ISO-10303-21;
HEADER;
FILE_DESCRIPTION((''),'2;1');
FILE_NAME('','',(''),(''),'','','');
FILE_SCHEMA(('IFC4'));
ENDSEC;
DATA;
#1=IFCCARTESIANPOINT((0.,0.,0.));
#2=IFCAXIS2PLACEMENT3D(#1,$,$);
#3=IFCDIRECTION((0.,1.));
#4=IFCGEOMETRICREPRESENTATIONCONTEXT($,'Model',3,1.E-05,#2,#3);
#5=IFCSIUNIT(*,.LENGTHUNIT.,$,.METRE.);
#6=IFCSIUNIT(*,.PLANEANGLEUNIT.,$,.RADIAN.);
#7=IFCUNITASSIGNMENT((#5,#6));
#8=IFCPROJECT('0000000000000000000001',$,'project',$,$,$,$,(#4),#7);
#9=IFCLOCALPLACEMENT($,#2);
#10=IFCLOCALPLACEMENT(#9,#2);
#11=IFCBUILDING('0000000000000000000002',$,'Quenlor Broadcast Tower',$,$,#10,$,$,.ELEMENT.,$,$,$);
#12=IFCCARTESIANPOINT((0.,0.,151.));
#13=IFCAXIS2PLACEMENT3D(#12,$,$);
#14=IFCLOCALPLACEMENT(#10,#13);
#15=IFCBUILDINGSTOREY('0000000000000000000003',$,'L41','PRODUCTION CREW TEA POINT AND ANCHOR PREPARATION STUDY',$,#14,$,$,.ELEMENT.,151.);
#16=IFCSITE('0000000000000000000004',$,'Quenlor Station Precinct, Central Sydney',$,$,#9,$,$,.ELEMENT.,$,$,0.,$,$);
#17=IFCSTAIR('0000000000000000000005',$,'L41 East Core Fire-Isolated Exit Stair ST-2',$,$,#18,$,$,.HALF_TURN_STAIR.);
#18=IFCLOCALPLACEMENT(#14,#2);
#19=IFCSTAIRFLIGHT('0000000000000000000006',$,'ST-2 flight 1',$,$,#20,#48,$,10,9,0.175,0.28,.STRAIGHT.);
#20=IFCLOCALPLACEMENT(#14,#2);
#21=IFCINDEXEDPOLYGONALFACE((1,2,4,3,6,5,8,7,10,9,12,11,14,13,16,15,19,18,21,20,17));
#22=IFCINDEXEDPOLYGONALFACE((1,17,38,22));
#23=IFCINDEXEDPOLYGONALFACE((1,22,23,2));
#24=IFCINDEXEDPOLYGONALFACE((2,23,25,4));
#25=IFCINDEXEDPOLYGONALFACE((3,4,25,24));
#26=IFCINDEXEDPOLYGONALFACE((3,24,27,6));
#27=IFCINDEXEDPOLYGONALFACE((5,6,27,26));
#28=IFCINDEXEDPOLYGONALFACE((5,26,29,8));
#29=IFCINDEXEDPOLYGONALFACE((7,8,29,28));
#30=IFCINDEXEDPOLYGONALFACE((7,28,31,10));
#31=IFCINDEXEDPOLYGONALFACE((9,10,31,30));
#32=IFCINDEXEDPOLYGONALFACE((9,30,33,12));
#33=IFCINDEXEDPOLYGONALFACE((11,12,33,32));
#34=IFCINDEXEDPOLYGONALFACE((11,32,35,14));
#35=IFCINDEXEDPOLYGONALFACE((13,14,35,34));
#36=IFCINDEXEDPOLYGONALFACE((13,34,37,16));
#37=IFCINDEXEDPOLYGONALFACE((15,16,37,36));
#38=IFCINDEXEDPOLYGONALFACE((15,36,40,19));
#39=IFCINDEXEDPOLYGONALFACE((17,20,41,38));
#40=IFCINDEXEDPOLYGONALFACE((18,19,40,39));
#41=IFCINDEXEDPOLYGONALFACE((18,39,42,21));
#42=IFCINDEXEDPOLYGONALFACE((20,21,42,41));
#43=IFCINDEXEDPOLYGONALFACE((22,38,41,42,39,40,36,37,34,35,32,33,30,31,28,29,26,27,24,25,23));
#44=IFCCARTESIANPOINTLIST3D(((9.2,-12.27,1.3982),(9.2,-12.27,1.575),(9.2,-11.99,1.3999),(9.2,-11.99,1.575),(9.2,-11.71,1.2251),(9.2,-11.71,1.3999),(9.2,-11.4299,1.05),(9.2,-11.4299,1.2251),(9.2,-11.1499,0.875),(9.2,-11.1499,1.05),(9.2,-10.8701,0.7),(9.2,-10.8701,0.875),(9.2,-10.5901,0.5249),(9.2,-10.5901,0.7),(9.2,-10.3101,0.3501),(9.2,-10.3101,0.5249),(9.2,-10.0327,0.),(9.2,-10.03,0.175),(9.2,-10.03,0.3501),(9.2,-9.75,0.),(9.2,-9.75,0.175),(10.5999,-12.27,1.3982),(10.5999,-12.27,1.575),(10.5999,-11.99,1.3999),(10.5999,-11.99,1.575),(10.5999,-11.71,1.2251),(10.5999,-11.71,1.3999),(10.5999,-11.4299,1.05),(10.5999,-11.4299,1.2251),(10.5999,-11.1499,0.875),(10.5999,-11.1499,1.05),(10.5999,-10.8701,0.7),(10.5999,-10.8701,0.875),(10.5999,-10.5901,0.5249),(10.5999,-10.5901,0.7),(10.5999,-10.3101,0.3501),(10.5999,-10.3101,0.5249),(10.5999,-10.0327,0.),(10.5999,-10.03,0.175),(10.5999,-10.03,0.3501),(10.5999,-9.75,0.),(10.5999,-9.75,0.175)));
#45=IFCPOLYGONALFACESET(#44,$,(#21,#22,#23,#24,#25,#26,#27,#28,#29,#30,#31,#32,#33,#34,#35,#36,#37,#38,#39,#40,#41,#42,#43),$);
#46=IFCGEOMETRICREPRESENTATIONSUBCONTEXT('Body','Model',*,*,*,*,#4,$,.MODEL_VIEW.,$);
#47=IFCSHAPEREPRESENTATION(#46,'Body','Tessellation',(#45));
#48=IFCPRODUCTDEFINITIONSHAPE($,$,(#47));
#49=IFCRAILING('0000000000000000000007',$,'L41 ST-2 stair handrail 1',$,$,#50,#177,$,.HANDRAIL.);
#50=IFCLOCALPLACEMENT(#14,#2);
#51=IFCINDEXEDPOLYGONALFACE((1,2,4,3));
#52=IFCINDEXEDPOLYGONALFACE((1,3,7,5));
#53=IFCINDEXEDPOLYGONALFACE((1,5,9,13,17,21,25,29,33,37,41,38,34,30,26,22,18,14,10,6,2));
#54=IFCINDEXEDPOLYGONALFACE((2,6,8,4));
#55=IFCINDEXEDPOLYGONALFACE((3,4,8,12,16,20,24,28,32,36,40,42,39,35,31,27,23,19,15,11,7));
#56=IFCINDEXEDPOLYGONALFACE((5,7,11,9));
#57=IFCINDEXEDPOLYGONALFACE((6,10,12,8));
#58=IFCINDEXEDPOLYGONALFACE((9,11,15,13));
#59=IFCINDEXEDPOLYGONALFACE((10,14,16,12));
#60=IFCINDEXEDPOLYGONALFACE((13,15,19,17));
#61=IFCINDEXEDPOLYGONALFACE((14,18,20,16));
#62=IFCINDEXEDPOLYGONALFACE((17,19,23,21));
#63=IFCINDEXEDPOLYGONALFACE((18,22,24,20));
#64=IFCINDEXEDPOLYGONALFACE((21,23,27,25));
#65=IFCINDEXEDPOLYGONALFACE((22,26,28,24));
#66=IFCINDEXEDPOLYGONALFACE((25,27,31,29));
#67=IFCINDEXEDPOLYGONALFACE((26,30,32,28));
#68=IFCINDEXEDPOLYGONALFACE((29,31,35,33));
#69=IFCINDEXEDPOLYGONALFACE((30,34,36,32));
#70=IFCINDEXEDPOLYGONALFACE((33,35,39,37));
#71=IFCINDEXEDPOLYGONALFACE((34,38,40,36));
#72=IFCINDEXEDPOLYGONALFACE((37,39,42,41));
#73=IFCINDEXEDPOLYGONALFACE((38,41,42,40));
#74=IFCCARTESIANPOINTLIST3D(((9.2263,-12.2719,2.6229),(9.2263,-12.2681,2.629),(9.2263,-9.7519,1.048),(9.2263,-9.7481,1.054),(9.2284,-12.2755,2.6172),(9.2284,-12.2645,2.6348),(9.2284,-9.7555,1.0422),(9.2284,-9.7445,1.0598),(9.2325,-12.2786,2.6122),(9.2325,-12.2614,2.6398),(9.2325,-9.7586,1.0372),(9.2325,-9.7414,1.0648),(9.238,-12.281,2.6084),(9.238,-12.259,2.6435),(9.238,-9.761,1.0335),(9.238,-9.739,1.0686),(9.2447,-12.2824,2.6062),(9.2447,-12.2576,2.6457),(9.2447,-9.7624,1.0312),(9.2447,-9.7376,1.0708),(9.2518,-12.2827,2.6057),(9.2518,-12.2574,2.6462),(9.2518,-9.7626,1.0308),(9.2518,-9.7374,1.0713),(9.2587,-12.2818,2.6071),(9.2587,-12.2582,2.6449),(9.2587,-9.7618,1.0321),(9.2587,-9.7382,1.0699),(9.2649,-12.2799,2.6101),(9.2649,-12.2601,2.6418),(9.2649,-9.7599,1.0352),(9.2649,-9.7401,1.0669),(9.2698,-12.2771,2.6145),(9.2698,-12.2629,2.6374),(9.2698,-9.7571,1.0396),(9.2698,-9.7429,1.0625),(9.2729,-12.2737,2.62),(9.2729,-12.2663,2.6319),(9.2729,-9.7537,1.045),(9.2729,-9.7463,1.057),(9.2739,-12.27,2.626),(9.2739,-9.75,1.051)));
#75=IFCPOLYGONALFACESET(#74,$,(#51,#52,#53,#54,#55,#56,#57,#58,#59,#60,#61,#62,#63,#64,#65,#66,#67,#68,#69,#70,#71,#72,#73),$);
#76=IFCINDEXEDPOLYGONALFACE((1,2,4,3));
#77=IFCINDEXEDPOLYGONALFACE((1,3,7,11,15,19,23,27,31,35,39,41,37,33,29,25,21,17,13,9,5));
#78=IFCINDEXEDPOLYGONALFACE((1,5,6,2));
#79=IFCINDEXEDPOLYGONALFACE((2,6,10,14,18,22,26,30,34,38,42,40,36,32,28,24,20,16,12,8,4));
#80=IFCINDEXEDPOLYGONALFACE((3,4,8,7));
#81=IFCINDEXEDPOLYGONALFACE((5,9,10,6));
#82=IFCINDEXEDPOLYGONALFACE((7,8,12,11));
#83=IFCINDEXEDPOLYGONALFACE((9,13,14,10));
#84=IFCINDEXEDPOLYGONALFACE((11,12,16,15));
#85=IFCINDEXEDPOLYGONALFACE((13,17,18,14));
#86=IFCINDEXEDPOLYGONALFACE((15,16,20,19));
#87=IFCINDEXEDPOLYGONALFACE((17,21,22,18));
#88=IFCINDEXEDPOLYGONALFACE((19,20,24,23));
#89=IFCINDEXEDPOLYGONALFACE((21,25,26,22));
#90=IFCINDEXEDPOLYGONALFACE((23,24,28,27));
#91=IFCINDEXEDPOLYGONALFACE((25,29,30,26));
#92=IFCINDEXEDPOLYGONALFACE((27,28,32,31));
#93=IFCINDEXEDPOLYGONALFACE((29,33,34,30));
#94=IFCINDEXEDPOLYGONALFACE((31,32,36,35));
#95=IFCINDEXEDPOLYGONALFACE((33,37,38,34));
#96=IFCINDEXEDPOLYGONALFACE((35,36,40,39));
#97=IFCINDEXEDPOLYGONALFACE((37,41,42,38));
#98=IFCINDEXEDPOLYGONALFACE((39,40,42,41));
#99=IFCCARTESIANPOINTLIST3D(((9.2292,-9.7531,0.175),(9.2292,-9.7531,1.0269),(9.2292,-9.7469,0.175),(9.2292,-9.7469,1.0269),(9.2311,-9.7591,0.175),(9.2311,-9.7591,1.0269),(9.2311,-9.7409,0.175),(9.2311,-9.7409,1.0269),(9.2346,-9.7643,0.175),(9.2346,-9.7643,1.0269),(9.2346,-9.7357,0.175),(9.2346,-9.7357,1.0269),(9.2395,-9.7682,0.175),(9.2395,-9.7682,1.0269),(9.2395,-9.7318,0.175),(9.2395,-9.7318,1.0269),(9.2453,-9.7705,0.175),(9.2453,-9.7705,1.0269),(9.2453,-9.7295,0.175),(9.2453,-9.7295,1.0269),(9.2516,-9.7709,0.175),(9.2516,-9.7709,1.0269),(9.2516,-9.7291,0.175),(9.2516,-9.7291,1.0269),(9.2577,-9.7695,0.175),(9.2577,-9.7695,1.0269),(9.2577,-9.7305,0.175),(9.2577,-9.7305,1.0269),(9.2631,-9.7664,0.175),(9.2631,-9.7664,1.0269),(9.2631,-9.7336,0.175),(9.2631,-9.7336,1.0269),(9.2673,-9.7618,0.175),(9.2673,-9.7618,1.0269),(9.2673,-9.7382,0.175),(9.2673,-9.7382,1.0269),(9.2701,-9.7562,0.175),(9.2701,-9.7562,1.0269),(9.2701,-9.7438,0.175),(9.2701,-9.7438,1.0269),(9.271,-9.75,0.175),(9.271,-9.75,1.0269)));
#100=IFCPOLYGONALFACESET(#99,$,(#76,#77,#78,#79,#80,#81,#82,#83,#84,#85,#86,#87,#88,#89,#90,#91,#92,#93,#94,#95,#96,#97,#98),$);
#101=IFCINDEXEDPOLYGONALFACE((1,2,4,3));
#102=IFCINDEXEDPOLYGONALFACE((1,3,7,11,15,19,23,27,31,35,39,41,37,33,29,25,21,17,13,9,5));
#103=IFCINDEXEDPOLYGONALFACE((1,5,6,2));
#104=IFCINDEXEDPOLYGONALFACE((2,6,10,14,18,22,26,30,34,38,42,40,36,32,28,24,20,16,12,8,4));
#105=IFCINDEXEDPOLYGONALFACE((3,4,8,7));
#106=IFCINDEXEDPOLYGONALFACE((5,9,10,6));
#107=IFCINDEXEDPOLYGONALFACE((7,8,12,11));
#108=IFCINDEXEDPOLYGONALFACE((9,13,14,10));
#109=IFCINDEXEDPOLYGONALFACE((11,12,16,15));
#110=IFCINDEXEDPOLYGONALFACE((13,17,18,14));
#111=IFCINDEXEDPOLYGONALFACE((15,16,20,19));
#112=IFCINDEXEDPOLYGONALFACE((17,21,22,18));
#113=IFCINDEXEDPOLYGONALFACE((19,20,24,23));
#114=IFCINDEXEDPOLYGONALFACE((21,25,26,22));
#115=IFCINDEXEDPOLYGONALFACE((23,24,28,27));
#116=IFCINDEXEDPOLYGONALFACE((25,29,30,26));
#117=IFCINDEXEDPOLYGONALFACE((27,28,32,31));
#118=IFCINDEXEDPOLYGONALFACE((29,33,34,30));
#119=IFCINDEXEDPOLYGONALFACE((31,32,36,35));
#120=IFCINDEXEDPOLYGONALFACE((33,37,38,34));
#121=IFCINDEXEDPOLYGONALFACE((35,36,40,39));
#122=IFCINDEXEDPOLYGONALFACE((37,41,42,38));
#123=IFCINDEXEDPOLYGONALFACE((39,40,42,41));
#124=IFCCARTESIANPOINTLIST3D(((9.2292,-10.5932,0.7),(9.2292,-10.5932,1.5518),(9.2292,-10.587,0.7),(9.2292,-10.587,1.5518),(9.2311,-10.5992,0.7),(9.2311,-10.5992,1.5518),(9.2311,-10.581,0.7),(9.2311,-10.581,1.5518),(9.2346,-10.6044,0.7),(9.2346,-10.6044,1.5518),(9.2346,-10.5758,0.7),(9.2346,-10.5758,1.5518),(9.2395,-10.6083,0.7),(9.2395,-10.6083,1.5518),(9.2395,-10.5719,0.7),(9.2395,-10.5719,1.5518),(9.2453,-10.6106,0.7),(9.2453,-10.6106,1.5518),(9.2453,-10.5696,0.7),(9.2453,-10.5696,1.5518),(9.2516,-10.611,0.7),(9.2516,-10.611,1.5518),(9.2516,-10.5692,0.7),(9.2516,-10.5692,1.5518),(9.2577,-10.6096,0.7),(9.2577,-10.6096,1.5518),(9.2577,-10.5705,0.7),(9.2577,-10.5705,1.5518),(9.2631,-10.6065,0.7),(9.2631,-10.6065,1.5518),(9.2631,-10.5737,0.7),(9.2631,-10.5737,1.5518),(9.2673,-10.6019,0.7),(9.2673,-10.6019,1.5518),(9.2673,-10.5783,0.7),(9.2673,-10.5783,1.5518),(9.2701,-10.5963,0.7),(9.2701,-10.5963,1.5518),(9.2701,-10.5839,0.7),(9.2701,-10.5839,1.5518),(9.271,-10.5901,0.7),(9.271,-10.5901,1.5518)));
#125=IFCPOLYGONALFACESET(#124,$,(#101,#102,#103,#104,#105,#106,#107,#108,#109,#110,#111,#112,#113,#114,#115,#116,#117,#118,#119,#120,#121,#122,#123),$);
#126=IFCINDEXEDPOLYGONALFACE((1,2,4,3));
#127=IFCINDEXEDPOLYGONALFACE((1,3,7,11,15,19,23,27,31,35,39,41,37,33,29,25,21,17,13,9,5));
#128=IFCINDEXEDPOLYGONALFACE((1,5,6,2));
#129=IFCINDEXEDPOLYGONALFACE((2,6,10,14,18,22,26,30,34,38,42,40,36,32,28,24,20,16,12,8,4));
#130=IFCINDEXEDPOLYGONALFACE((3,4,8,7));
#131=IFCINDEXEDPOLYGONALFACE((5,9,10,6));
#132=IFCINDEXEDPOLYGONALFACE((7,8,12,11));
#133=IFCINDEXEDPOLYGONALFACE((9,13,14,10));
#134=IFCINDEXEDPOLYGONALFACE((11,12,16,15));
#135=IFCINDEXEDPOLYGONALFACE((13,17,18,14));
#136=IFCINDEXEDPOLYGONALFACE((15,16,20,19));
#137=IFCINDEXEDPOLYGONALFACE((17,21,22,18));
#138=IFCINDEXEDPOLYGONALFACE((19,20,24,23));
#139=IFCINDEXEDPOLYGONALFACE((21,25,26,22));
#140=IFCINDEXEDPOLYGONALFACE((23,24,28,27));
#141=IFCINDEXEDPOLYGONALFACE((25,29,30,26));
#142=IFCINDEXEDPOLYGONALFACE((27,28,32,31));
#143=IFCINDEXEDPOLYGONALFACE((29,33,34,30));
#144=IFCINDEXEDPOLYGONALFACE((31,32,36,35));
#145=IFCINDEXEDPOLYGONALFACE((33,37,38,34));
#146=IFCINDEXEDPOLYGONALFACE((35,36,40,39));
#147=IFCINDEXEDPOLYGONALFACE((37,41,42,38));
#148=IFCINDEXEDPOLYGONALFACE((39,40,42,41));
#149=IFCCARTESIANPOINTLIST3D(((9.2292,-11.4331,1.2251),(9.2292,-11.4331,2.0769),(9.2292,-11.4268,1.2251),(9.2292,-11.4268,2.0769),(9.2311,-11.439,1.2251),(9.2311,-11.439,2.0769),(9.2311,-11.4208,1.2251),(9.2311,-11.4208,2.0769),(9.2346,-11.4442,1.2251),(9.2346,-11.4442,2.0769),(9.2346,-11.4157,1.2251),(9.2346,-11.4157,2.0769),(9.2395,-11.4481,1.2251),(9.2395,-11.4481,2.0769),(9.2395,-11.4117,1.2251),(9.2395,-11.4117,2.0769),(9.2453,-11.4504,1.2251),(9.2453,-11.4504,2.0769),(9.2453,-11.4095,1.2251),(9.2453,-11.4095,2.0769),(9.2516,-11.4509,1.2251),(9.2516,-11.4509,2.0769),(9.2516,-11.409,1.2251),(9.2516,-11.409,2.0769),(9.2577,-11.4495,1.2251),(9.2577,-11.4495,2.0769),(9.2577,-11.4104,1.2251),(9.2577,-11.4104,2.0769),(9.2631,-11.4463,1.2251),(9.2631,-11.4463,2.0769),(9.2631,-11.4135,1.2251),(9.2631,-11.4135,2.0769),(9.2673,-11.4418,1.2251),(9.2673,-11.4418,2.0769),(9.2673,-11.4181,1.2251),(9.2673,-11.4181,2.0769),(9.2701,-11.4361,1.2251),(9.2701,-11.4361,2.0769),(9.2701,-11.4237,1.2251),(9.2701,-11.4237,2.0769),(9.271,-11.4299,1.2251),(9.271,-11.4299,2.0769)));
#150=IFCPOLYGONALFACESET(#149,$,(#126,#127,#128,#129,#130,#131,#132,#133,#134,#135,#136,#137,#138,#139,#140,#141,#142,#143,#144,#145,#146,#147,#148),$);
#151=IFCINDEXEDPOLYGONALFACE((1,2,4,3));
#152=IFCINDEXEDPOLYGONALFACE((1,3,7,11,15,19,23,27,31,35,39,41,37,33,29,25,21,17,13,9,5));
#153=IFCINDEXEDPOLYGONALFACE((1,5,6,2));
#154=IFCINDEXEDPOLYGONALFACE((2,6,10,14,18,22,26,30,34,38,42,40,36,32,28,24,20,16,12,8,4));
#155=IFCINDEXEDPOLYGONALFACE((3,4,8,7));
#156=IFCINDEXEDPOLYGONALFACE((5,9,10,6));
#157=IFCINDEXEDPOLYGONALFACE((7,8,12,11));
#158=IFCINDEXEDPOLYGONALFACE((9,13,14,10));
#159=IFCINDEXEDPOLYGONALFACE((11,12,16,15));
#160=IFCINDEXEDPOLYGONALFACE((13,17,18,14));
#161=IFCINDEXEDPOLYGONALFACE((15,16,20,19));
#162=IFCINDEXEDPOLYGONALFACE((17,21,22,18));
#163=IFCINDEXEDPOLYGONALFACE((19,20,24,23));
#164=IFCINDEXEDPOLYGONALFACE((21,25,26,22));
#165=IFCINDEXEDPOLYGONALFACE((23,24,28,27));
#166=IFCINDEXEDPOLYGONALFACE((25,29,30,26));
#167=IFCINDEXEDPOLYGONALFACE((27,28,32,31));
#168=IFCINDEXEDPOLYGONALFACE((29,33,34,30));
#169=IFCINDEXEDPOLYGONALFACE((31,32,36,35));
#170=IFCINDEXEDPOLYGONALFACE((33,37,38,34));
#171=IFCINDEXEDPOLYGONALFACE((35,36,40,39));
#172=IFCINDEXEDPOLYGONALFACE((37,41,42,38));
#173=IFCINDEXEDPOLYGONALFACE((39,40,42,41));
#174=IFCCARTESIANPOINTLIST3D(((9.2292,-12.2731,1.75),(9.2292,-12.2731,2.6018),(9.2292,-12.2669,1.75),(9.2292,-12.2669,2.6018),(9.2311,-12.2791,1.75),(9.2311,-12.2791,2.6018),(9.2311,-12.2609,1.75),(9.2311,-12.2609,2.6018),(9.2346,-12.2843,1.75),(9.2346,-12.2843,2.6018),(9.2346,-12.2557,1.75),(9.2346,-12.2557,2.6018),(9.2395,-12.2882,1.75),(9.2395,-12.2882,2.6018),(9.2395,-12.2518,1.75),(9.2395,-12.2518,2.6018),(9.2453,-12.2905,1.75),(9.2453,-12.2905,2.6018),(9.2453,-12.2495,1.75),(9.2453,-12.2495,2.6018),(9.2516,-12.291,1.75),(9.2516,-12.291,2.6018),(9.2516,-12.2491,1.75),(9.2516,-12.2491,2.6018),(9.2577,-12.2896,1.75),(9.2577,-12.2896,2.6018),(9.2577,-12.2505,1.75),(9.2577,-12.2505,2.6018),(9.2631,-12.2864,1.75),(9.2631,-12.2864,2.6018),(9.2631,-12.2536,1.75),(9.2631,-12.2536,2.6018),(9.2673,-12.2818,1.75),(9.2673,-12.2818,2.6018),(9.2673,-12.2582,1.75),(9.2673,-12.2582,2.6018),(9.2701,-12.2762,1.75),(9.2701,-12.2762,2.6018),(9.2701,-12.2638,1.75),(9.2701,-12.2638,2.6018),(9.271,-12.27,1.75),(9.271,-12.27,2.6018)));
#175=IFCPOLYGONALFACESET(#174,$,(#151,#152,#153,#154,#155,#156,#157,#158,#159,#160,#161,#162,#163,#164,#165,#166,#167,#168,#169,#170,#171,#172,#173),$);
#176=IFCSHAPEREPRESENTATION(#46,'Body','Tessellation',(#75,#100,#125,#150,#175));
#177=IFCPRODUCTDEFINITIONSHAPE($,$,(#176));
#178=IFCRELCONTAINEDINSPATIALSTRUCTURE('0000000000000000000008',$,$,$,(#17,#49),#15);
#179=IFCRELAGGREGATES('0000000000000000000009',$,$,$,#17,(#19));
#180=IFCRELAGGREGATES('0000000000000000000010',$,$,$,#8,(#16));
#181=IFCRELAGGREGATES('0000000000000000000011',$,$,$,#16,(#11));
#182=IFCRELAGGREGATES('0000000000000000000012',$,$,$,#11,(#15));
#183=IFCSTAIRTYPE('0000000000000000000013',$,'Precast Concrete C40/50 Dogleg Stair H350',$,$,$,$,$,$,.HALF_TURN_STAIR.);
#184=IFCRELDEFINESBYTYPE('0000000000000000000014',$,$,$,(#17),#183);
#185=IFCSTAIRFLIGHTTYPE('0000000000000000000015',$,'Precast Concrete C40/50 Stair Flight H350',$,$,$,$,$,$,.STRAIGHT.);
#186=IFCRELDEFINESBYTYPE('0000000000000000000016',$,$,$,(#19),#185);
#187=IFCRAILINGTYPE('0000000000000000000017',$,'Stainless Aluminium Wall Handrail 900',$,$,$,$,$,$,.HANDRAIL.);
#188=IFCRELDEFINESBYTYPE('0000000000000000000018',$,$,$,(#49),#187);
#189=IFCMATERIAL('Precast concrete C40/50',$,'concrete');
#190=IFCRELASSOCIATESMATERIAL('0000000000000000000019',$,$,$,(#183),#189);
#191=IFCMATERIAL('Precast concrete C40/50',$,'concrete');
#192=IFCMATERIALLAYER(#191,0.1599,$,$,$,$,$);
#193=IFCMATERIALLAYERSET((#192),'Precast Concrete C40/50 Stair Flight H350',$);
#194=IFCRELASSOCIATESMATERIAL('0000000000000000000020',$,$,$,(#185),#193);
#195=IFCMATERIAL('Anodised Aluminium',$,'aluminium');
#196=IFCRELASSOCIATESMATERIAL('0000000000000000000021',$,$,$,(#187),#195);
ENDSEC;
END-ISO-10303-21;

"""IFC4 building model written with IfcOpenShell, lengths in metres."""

from ifc_helpers import new_model, si_unit, direction, frame, origin, origin_2d, place, context, subcontext, project, spatial, polyline, circle, outline, extrude, material, layer, layer_set, type_object, element, aggregate, save


model = new_model("IFC4")

# Units and contexts
model_context = context("Model", 3, precision=1e-05, world=origin(), true_north=direction((0.0, 1.0)))
body_context = subcontext(model_context, "Body", "Model", "MODEL_VIEW")
ifc_project = project(units=[si_unit("LENGTHUNIT", "METRE"), si_unit("PLANEANGLEUNIT", "RADIAN")], contexts=[model_context])

# Site, building, storey
site_placement = place(None, origin())
site = spatial("IfcSite", under=ifc_project, at=site_placement, Name="Quenlor Station Precinct, Central Sydney", CompositionType="ELEMENT", RefElevation=0.0)
building_placement = place(site_placement, origin())
building = spatial("IfcBuilding", under=site, at=building_placement, Name="Quenlor Broadcast Tower", CompositionType="ELEMENT")
storey_placement = place(building_placement, frame((0.0, 0.0, 151.0)))
storey = spatial("IfcBuildingStorey", under=building, at=storey_placement, Name="L41", Description="PRODUCTION CREW TEA POINT AND ANCHOR PREPARATION STUDY", CompositionType="ELEMENT", Elevation=151.0)

# Stair, stair flight
ifc_material_1 = material(Name="Precast concrete C40/50", Category="concrete")
stair_type = type_object("IfcStairType", Name="Precast Concrete C40/50 Dogleg Stair H350", PredefinedType="HALF_TURN_STAIR", material=ifc_material_1)
stair_placement = place(storey_placement, origin())
stair = element("IfcStair", 1, at=stair_placement, inside=storey, type_object=stair_type, Name="L41 East Core Fire-Isolated Exit Stair ST-2", PredefinedType="HALF_TURN_STAIR")
ifc_material_2 = material(Name="Precast concrete C40/50", Category="concrete")
ifc_layer_1 = layer(ifc_material_2, 0.1599)
ifc_layer_set_1 = layer_set([ifc_layer_1], Name="Precast Concrete C40/50 Stair Flight H350")
stair_flight_type = type_object("IfcStairFlightType", Name="Precast Concrete C40/50 Stair Flight H350", PredefinedType="STRAIGHT", material=ifc_layer_set_1)
stair_flight_placement = place(storey_placement, frame((9.8999, -9.75, 0.0), z_axis=(0.0, 0.0, 1.0), x_axis=(0.0, -1.0, 0.0)))
stair_flight = element("IfcStairFlight", 2, at=stair_flight_placement, type_object=stair_flight_type, Name="ST-2 flight 1", NumberOfRisers=10, NumberOfTreads=9, PredefinedType="STRAIGHT", RiserHeight=0.175, TreadLength=0.28, context=body_context, shape_type="SweptSolid", body=[
    extrude(outline(polyline([(0.0, 0.0), (0.0, 0.175), (0.28, 0.175), (0.28, 0.3501), (0.5601, 0.3501), (0.5601, 0.5249), (0.8401, 0.5249), (0.8401, 0.7), (1.1201, 0.7), (1.1201, 0.875), (1.3999, 0.875), (1.3999, 1.05), (1.6799, 1.05), (1.6799, 1.2251), (1.96, 1.2251), (1.96, 1.3999), (2.24, 1.3999), (2.24, 1.575), (2.52, 1.575), (2.52, 1.75), (2.52, 1.3982), (0.2827, 0.0), (0.0, 0.0)])), frame((0.0, 0.7, 0.0), z_axis=(0.0, -1.0, 0.0), x_axis=(1.0, 0.0, 0.0)), (0.0, 0.0, 1.0), 1.3999),
])
aggregate(stair, [stair_flight])

# Railing
ifc_material_3 = material(Name="Anodised Aluminium", Category="aluminium")
railing_type_1 = type_object("IfcRailingType", Name="Stainless Aluminium Wall Handrail 900", PredefinedType="HANDRAIL", material=ifc_material_3)
railing_1_placement = place(storey_placement, frame((9.25, -9.75, 0.175)))
element("IfcRailing", 3, at=railing_1_placement, inside=storey, type_object=railing_type_1, Name="L41 ST-2 stair handrail 1", PredefinedType="HANDRAIL", context=body_context, shape_type="SweptSolid", body=[
    extrude(circle(Radius=0.0239, at=origin_2d()), frame((0.0, 0.0, 0.876), z_axis=(0.0, -0.848008, 0.529984), x_axis=(1.0, 0.0, 0.0)), (0.0, 0.0, 1.0), 2.9717),
    extrude(circle(Radius=0.021, at=origin_2d()), origin(), (0.0, 0.0, 1.0), 0.8518),
    extrude(circle(Radius=0.021, at=origin_2d()), frame((0.0, -0.8401, 0.5249)), (0.0, 0.0, 1.0), 0.8518),
    extrude(circle(Radius=0.021, at=origin_2d()), frame((0.0, -1.6799, 1.05)), (0.0, 0.0, 1.0), 0.8518),
    extrude(circle(Radius=0.021, at=origin_2d()), frame((0.0, -2.52, 1.575)), (0.0, 0.0, 1.0), 0.8518),
])

save(model, "model.ifc")
